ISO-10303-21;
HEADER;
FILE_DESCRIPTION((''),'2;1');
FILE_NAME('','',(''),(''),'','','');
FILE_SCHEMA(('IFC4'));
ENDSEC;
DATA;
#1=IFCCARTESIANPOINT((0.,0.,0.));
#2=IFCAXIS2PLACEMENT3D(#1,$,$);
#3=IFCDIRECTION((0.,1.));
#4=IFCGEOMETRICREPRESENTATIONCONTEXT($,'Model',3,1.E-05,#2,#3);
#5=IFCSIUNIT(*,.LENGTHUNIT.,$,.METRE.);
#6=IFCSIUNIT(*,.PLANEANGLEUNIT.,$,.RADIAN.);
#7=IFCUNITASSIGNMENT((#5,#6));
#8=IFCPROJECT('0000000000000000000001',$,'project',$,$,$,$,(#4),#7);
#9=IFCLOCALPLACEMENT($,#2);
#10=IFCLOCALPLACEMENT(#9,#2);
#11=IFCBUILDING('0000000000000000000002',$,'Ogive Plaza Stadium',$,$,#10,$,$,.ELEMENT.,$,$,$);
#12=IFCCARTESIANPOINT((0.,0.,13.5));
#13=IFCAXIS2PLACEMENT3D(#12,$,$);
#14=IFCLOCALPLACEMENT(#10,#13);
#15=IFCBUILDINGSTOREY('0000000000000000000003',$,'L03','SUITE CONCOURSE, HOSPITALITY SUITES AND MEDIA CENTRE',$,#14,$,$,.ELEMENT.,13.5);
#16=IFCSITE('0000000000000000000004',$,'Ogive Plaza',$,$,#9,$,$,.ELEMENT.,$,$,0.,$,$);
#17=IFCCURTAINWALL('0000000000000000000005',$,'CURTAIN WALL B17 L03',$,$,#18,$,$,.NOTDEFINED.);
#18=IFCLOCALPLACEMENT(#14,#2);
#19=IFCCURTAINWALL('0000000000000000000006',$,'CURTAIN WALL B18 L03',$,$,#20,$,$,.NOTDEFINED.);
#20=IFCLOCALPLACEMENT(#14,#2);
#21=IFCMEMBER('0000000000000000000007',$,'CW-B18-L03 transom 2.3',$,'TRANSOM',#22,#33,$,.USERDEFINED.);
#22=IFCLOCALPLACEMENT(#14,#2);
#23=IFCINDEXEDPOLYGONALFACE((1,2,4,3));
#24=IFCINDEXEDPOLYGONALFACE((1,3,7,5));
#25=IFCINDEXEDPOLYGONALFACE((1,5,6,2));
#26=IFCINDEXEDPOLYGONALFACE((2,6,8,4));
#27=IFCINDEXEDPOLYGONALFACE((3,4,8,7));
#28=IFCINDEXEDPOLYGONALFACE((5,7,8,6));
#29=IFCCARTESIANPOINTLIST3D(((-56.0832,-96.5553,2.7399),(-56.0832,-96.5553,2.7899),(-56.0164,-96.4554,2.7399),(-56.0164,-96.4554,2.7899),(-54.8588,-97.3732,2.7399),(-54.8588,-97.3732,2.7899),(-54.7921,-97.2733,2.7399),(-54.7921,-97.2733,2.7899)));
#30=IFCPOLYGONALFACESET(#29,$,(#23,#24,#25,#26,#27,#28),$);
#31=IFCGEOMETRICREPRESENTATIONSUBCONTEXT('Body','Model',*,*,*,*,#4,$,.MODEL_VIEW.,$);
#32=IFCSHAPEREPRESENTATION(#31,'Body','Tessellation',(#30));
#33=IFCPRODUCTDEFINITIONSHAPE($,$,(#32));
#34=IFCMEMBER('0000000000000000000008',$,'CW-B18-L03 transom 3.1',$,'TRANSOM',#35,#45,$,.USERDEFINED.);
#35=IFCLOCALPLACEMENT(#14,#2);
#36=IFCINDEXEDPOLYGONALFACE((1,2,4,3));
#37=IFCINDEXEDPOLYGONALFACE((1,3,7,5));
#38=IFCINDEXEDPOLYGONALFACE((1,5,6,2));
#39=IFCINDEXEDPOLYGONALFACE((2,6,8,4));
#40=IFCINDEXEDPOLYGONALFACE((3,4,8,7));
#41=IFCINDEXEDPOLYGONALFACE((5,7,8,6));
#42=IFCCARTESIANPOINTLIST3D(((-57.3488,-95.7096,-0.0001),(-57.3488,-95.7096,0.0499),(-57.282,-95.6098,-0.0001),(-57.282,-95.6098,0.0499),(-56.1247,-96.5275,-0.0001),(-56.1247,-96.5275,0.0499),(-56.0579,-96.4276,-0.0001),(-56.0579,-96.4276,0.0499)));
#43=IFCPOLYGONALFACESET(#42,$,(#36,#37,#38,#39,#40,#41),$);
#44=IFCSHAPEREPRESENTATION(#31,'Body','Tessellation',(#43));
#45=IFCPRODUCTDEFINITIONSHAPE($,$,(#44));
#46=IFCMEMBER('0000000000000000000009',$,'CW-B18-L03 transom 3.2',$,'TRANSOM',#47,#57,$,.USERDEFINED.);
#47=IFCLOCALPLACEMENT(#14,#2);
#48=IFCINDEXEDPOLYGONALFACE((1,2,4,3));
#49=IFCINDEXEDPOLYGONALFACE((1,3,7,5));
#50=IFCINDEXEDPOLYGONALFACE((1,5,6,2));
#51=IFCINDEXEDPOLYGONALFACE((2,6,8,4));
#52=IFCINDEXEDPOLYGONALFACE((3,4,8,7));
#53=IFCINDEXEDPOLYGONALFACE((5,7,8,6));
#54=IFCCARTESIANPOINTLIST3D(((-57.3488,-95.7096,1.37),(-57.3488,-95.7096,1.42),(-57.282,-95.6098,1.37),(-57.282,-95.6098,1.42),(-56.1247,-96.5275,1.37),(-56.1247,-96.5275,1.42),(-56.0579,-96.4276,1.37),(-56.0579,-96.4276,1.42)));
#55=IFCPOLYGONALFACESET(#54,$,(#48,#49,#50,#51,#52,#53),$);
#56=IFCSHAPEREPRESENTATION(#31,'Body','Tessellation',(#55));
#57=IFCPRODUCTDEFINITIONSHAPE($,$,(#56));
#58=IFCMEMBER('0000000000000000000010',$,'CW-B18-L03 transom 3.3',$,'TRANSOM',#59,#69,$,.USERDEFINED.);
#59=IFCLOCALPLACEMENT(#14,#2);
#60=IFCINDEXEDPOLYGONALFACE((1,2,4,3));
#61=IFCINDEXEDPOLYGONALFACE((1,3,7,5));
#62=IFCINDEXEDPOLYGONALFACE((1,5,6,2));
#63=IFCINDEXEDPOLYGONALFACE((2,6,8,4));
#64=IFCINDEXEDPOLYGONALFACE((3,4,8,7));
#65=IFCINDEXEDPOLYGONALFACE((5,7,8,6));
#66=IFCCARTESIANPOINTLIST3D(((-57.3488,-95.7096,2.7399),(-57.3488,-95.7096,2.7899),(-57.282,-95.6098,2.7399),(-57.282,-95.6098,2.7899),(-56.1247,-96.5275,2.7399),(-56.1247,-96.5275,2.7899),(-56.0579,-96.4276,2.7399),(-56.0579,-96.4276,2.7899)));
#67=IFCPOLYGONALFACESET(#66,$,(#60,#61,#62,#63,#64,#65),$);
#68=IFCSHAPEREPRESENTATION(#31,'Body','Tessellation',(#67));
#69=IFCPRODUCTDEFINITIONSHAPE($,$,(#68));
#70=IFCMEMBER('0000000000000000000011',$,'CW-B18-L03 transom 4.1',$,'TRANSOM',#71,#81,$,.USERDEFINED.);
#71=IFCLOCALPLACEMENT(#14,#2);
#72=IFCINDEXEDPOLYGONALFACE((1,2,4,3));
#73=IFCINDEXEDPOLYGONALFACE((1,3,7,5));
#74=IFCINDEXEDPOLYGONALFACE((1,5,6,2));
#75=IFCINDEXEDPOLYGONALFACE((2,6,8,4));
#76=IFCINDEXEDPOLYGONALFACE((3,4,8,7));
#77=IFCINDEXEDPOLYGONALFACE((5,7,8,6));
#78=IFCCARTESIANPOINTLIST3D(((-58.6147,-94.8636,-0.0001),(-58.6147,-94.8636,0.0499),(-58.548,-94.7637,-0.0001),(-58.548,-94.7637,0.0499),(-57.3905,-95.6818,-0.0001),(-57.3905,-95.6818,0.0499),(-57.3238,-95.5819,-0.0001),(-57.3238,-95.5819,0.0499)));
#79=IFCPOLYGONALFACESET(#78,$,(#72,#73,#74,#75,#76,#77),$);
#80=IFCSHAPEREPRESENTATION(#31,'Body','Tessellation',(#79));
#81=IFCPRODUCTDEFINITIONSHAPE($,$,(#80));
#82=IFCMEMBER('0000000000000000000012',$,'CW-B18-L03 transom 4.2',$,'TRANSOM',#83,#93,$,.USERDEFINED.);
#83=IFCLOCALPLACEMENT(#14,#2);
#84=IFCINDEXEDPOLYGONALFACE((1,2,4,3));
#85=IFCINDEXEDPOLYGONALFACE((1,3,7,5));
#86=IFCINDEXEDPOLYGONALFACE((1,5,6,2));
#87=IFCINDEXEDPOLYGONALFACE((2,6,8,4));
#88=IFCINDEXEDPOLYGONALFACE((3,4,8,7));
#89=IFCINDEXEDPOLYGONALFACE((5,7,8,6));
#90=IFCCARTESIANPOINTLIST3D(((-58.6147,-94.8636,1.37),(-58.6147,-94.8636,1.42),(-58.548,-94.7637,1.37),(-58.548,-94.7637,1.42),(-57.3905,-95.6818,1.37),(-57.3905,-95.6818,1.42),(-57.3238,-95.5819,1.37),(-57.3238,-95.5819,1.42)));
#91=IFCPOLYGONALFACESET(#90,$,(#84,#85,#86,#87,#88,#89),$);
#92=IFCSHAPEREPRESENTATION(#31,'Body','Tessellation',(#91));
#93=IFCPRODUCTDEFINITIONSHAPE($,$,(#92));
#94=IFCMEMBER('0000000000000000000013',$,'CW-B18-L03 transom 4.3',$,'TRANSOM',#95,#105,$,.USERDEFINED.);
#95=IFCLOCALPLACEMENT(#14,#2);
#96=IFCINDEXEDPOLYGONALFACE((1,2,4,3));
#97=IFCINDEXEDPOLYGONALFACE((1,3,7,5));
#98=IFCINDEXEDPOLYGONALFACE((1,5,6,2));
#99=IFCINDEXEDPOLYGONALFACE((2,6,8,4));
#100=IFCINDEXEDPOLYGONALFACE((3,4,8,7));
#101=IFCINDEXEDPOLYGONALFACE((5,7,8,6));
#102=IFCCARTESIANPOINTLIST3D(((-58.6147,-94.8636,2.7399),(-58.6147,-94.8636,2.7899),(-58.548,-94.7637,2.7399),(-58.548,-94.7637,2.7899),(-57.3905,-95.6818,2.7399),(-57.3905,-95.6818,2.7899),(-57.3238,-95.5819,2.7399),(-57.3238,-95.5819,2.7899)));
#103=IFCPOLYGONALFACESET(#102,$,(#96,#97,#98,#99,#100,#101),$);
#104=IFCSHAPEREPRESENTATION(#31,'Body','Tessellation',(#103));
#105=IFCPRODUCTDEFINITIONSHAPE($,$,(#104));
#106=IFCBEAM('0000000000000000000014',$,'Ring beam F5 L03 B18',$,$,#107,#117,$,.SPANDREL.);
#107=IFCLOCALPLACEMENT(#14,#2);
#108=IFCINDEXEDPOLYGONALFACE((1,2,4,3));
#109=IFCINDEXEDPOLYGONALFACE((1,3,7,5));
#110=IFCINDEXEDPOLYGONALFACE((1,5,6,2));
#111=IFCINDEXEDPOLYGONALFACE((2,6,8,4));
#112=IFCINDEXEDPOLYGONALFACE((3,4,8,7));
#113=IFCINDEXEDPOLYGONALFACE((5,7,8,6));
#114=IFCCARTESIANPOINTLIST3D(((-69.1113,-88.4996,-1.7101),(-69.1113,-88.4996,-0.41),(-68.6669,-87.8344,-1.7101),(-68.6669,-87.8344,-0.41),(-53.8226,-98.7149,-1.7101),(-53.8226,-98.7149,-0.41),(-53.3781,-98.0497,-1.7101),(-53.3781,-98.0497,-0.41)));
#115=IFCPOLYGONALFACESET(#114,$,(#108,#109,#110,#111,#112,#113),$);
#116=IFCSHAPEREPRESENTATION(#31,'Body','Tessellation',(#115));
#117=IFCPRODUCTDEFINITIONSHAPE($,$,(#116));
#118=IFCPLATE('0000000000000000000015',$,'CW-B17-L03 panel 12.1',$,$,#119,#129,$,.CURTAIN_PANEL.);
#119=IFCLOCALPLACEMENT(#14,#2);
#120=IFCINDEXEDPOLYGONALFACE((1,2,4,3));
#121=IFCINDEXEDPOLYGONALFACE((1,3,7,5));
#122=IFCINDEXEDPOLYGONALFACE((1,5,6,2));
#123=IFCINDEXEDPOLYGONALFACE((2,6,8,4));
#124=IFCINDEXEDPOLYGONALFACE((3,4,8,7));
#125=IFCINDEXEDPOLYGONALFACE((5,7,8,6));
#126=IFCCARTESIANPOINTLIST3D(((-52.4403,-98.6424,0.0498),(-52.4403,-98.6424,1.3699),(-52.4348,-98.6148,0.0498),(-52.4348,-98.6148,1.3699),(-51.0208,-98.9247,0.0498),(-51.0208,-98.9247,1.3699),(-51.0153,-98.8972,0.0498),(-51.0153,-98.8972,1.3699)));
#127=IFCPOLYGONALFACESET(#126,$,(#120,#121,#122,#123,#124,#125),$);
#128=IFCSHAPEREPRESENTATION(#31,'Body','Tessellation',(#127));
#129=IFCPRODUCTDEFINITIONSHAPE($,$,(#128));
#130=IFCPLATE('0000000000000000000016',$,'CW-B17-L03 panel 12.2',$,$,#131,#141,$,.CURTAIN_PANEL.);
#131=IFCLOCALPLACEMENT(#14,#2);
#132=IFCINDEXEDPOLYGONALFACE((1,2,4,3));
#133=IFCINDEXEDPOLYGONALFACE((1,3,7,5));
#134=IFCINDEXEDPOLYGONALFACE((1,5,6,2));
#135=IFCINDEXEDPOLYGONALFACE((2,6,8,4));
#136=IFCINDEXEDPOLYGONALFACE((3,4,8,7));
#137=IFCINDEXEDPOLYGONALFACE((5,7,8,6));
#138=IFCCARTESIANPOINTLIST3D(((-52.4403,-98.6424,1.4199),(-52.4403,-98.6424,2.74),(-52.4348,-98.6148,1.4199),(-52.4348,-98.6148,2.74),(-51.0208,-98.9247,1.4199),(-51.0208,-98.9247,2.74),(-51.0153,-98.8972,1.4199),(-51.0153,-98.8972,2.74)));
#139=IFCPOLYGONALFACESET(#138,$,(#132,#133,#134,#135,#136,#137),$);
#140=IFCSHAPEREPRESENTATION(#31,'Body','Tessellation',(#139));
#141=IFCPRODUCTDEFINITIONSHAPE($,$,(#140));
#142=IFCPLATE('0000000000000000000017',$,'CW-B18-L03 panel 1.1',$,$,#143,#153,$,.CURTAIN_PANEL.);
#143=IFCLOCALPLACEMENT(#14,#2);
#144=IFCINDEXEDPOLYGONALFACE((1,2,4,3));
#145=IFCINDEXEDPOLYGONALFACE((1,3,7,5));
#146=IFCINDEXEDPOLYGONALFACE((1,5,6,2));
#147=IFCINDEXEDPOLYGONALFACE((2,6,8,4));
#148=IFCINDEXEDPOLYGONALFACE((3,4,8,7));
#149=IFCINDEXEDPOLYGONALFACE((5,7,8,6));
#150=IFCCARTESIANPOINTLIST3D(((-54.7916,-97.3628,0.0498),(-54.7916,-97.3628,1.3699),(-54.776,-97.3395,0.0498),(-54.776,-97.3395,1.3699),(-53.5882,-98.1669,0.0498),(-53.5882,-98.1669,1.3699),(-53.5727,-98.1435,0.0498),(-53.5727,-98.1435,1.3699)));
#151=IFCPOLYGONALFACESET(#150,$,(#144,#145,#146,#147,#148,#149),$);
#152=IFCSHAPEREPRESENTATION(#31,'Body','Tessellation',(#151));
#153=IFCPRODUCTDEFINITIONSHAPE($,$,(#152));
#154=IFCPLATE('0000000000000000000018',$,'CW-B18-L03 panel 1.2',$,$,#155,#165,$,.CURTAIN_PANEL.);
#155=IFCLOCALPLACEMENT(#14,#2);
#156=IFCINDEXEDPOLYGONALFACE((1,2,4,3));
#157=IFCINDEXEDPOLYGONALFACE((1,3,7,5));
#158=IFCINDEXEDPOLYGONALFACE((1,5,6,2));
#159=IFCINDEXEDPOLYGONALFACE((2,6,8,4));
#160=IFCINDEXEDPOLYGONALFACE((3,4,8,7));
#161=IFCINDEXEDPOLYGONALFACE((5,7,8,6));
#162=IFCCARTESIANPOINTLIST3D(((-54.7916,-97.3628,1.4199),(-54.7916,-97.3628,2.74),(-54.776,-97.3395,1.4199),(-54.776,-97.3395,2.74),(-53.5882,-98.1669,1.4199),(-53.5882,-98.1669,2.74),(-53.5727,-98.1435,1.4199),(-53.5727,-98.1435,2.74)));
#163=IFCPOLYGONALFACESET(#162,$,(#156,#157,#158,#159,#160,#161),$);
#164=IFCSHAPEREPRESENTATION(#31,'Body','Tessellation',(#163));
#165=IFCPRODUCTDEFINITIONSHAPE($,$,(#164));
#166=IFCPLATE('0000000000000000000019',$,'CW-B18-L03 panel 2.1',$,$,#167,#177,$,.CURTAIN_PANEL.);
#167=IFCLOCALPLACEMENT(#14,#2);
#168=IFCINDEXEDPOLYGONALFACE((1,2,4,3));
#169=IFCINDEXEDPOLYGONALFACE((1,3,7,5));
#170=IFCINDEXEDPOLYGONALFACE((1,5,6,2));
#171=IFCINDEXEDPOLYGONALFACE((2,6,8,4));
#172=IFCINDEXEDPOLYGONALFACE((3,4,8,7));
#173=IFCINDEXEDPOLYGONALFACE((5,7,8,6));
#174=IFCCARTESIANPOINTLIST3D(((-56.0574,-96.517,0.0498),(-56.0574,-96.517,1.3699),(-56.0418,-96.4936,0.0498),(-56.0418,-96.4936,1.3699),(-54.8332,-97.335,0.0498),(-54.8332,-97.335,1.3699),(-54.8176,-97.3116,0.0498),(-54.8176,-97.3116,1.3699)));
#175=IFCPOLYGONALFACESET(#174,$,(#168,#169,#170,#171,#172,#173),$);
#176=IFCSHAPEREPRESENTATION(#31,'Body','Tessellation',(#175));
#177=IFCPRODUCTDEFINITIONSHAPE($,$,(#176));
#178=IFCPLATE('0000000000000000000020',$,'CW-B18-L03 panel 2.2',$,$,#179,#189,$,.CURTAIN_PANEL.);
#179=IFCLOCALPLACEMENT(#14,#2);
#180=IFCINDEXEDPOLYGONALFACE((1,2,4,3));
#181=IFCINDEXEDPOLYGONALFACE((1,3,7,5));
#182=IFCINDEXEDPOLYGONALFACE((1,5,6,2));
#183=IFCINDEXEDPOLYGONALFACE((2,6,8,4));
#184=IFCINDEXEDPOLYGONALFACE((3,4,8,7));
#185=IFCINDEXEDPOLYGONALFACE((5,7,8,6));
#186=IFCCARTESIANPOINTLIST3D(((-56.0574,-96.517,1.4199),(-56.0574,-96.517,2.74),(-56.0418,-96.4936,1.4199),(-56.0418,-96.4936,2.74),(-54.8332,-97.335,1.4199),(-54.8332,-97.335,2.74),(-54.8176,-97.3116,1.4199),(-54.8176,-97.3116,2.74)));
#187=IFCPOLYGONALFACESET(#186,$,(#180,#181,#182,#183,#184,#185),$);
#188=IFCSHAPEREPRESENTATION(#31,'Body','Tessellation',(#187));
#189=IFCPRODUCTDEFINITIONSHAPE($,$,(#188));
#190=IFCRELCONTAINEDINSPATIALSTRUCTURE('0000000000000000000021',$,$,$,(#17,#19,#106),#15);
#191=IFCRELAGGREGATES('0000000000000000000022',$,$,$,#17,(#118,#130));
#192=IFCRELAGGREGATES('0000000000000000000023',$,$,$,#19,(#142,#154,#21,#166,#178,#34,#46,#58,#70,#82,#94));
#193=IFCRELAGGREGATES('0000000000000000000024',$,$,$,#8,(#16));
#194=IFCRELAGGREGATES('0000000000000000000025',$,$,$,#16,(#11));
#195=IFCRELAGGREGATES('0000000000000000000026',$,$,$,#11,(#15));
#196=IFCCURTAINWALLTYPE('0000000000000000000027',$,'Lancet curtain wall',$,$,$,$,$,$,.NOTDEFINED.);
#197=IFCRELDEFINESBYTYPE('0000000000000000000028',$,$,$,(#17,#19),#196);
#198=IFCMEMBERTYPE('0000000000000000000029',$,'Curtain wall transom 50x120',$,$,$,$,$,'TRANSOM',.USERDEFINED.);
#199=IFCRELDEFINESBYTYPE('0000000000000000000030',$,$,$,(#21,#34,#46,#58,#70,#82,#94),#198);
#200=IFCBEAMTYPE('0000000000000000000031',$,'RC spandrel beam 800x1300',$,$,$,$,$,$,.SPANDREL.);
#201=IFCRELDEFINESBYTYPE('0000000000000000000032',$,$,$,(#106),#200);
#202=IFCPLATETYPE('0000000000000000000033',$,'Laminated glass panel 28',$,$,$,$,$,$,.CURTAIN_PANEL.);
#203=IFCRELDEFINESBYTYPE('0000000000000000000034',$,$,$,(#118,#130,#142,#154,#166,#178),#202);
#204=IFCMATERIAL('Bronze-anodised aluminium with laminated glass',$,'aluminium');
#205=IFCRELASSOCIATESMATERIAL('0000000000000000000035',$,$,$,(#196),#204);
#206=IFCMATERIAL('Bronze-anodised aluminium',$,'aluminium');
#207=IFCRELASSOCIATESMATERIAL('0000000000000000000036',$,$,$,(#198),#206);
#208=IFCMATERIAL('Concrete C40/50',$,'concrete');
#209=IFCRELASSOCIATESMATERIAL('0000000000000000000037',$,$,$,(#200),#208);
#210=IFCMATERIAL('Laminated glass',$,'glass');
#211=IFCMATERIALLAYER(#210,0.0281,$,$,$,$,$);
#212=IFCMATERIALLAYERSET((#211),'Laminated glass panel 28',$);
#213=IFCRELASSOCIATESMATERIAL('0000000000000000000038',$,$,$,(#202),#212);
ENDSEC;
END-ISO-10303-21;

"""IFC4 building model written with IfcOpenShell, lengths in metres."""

from ifc_helpers import new_model, si_unit, direction, frame, origin, origin_2d, place, context, subcontext, project, spatial, rectangle, extrude, material, layer, layer_set, material_profile, profile_set, type_object, element, aggregate, save


model = new_model("IFC4")

# Units and contexts
model_context = context("Model", 3, precision=1e-05, world=origin(), true_north=direction((0.0, 1.0)))
body_context = subcontext(model_context, "Body", "Model", "MODEL_VIEW")
ifc_project = project(units=[si_unit("LENGTHUNIT", "METRE"), si_unit("PLANEANGLEUNIT", "RADIAN")], contexts=[model_context])

# Site, building, storey
site_placement = place(None, origin())
site = spatial("IfcSite", under=ifc_project, at=site_placement, Name="Ogive Plaza", CompositionType="ELEMENT", RefElevation=0.0)
building_placement = place(site_placement, origin())
building = spatial("IfcBuilding", under=site, at=building_placement, Name="Ogive Plaza Stadium", CompositionType="ELEMENT")
storey_placement = place(building_placement, frame((0.0, 0.0, 13.5)))
storey = spatial("IfcBuildingStorey", under=building, at=storey_placement, Name="L03", Description="SUITE CONCOURSE, HOSPITALITY SUITES AND MEDIA CENTRE", CompositionType="ELEMENT", Elevation=13.5)

# Curtain wall
ifc_material_1 = material(Name="Bronze-anodised aluminium with laminated glass", Category="aluminium")
curtain_wall_type = type_object("IfcCurtainWallType", Name="Lancet curtain wall", PredefinedType="NOTDEFINED", material=ifc_material_1)
curtain_wall_1_placement = place(storey_placement, origin())
curtain_wall_1 = element("IfcCurtainWall", 1, at=curtain_wall_1_placement, inside=storey, type_object=curtain_wall_type, Name="CURTAIN WALL B17 L03", PredefinedType="NOTDEFINED")

# Curtain wall
curtain_wall_2_placement = place(storey_placement, origin())
curtain_wall_2 = element("IfcCurtainWall", 2, at=curtain_wall_2_placement, inside=storey, type_object=curtain_wall_type, Name="CURTAIN WALL B18 L03", PredefinedType="NOTDEFINED")

# Members
ifc_material_2 = material(Name="Bronze-anodised aluminium", Category="aluminium")
ifc_material_profile_1 = material_profile(ifc_material_2, rectangle(XDim=0.1201, YDim=0.05, at=origin_2d()), Name="AL 120x50")
ifc_profile_set_1 = profile_set([ifc_material_profile_1], Name="Bronze-anodised aluminium")
member_type_1 = type_object("IfcMemberType", Name="Curtain wall transom 50x120", ElementType="TRANSOM", PredefinedType="USERDEFINED", material=ifc_profile_set_1)
member_1_placement = place(storey_placement, frame((-54.8254, -97.3232, 2.7649), z_axis=(-0.83154, 0.555465, 0.0), x_axis=(-0.555465, -0.83154, 0.0)))
member_1 = element("IfcMember", 3, at=member_1_placement, type_object=member_type_1, Name="CW-B18-L03 transom 2.3", ObjectType="TRANSOM", PredefinedType="USERDEFINED", context=body_context, shape_type="SweptSolid", body=[
    extrude(rectangle(XDim=0.1201, YDim=0.05, at=origin_2d()), origin(), (0.0, 0.0, 1.0), 1.4724),
])
member_2_placement = place(storey_placement, frame((-56.0913, -96.4775, 0.0249), z_axis=(-0.831489, 0.555542, 0.0), x_axis=(-0.555542, -0.831489, 0.0)))
member_2 = element("IfcMember", 4, at=member_2_placement, type_object=member_type_1, Name="CW-B18-L03 transom 3.1", ObjectType="TRANSOM", PredefinedType="USERDEFINED", context=body_context, shape_type="SweptSolid", body=[
    extrude(rectangle(XDim=0.1201, YDim=0.05, at=origin_2d()), origin(), (0.0, 0.0, 1.0), 1.4722),
])
member_3_placement = place(storey_placement, frame((-56.0913, -96.4775, 1.395), z_axis=(-0.831489, 0.555542, 0.0), x_axis=(-0.555542, -0.831489, 0.0)))
member_3 = element("IfcMember", 5, at=member_3_placement, type_object=member_type_1, Name="CW-B18-L03 transom 3.2", ObjectType="TRANSOM", PredefinedType="USERDEFINED", context=body_context, shape_type="SweptSolid", body=[
    extrude(rectangle(XDim=0.1201, YDim=0.05, at=origin_2d()), origin(), (0.0, 0.0, 1.0), 1.4722),
])
member_4_placement = place(storey_placement, frame((-56.0913, -96.4775, 2.7649), z_axis=(-0.831489, 0.555542, 0.0), x_axis=(-0.555542, -0.831489, 0.0)))
member_4 = element("IfcMember", 6, at=member_4_placement, type_object=member_type_1, Name="CW-B18-L03 transom 3.3", ObjectType="TRANSOM", PredefinedType="USERDEFINED", context=body_context, shape_type="SweptSolid", body=[
    extrude(rectangle(XDim=0.1201, YDim=0.05, at=origin_2d()), origin(), (0.0, 0.0, 1.0), 1.4722),
])
member_5_placement = place(storey_placement, frame((-57.3572, -95.6318, 0.0249), z_axis=(-0.831412, 0.555656, 0.0), x_axis=(-0.555656, -0.831412, 0.0)))
member_5 = element("IfcMember", 7, at=member_5_placement, type_object=member_type_1, Name="CW-B18-L03 transom 4.1", ObjectType="TRANSOM", PredefinedType="USERDEFINED", context=body_context, shape_type="SweptSolid", body=[
    extrude(rectangle(XDim=0.1201, YDim=0.05, at=origin_2d()), origin(), (0.0, 0.0, 1.0), 1.4724),
])
member_6_placement = place(storey_placement, frame((-57.3572, -95.6318, 1.395), z_axis=(-0.831412, 0.555656, 0.0), x_axis=(-0.555656, -0.831412, 0.0)))
member_6 = element("IfcMember", 8, at=member_6_placement, type_object=member_type_1, Name="CW-B18-L03 transom 4.2", ObjectType="TRANSOM", PredefinedType="USERDEFINED", context=body_context, shape_type="SweptSolid", body=[
    extrude(rectangle(XDim=0.1201, YDim=0.05, at=origin_2d()), origin(), (0.0, 0.0, 1.0), 1.4724),
])
member_7_placement = place(storey_placement, frame((-57.3572, -95.6318, 2.7649), z_axis=(-0.831412, 0.555656, 0.0), x_axis=(-0.555656, -0.831412, 0.0)))
member_7 = element("IfcMember", 9, at=member_7_placement, type_object=member_type_1, Name="CW-B18-L03 transom 4.3", ObjectType="TRANSOM", PredefinedType="USERDEFINED", context=body_context, shape_type="SweptSolid", body=[
    extrude(rectangle(XDim=0.1201, YDim=0.05, at=origin_2d()), origin(), (0.0, 0.0, 1.0), 1.4724),
])

# Beam
ifc_material_3 = material(Name="Concrete C40/50", Category="concrete")
ifc_material_profile_2 = material_profile(ifc_material_3, rectangle(XDim=0.8, YDim=1.3, at=origin_2d()), Name="RC 800x1300")
ifc_profile_set_2 = profile_set([ifc_material_profile_2], Name="Concrete C40/50")
beam_type = type_object("IfcBeamType", Name="RC spandrel beam 800x1300", PredefinedType="SPANDREL", material=ifc_profile_set_2)
beam_placement = place(storey_placement, frame((-53.6003, -98.3823, -1.0601), z_axis=(-0.831478, 0.555558, 0.0), x_axis=(-0.555558, -0.831478, 0.0)))
element("IfcBeam", 10, at=beam_placement, inside=storey, type_object=beam_type, Name="Ring beam F5 L03 B18", PredefinedType="SPANDREL", context=body_context, shape_type="SweptSolid", body=[
    extrude(rectangle(XDim=0.8, YDim=1.3, at=origin_2d()), origin(), (0.0, 0.0, 1.0), 18.3875),
])

# Plates
ifc_material_4 = material(Name="Laminated glass", Category="glass")
ifc_layer = layer(ifc_material_4, 0.0281)
ifc_layer_set = layer_set([ifc_layer], Name="Laminated glass panel 28")
plate_type = type_object("IfcPlateType", Name="Laminated glass panel 28", PredefinedType="CURTAIN_PANEL", material=ifc_layer_set)
plate_1_placement = place(storey_placement, frame((-51.7278, -98.7698, 0.0498), z_axis=(0.0, 0.0, 1.0), x_axis=(-0.980785, 0.19509, 0.0)))
plate_1 = element("IfcPlate", 11, at=plate_1_placement, type_object=plate_type, Name="CW-B17-L03 panel 12.1", PredefinedType="CURTAIN_PANEL", context=body_context, shape_type="SweptSolid", body=[
    extrude(rectangle(XDim=1.4473, YDim=0.0281, at=origin_2d()), origin(), (0.0, 0.0, 1.0), 1.3201),
])
plate_2_placement = place(storey_placement, frame((-51.7278, -98.7698, 1.4199), z_axis=(0.0, 0.0, 1.0), x_axis=(-0.980785, 0.19509, 0.0)))
plate_2 = element("IfcPlate", 12, at=plate_2_placement, type_object=plate_type, Name="CW-B17-L03 panel 12.2", PredefinedType="CURTAIN_PANEL", context=body_context, shape_type="SweptSolid", body=[
    extrude(rectangle(XDim=1.4473, YDim=0.0281, at=origin_2d()), origin(), (0.0, 0.0, 1.0), 1.3201),
])
aggregate(curtain_wall_1, [plate_1, plate_2])
plate_3_placement = place(storey_placement, frame((-54.1821, -97.7532, 0.0498), z_axis=(0.0, 0.0, 1.0), x_axis=(-0.83147, 0.55557, 0.0)))
plate_3 = element("IfcPlate", 13, at=plate_3_placement, type_object=plate_type, Name="CW-B18-L03 panel 1.1", PredefinedType="CURTAIN_PANEL", context=body_context, shape_type="SweptSolid", body=[
    extrude(rectangle(XDim=1.4473, YDim=0.0281, at=origin_2d()), origin(), (0.0, 0.0, 1.0), 1.3201),
])
plate_4_placement = place(storey_placement, frame((-54.1821, -97.7532, 1.4199), z_axis=(0.0, 0.0, 1.0), x_axis=(-0.83147, 0.55557, 0.0)))
plate_4 = element("IfcPlate", 14, at=plate_4_placement, type_object=plate_type, Name="CW-B18-L03 panel 1.2", PredefinedType="CURTAIN_PANEL", context=body_context, shape_type="SweptSolid", body=[
    extrude(rectangle(XDim=1.4473, YDim=0.0281, at=origin_2d()), origin(), (0.0, 0.0, 1.0), 1.3201),
])
plate_5_placement = place(storey_placement, frame((-55.4375, -96.9143, 0.0498), z_axis=(0.0, 0.0, 1.0), x_axis=(-0.83147, 0.55557, 0.0)))
plate_5 = element("IfcPlate", 15, at=plate_5_placement, type_object=plate_type, Name="CW-B18-L03 panel 2.1", PredefinedType="CURTAIN_PANEL", context=body_context, shape_type="SweptSolid", body=[
    extrude(rectangle(XDim=1.4724, YDim=0.0281, at=origin_2d()), origin(), (0.0, 0.0, 1.0), 1.3201),
])
plate_6_placement = place(storey_placement, frame((-55.4375, -96.9143, 1.4199), z_axis=(0.0, 0.0, 1.0), x_axis=(-0.83147, 0.55557, 0.0)))
plate_6 = element("IfcPlate", 16, at=plate_6_placement, type_object=plate_type, Name="CW-B18-L03 panel 2.2", PredefinedType="CURTAIN_PANEL", context=body_context, shape_type="SweptSolid", body=[
    extrude(rectangle(XDim=1.4724, YDim=0.0281, at=origin_2d()), origin(), (0.0, 0.0, 1.0), 1.3201),
])
aggregate(curtain_wall_2, [plate_3, plate_4, member_1, plate_5, plate_6, member_2, member_3, member_4, member_5, member_6, member_7])

save(model, "model.ifc")
